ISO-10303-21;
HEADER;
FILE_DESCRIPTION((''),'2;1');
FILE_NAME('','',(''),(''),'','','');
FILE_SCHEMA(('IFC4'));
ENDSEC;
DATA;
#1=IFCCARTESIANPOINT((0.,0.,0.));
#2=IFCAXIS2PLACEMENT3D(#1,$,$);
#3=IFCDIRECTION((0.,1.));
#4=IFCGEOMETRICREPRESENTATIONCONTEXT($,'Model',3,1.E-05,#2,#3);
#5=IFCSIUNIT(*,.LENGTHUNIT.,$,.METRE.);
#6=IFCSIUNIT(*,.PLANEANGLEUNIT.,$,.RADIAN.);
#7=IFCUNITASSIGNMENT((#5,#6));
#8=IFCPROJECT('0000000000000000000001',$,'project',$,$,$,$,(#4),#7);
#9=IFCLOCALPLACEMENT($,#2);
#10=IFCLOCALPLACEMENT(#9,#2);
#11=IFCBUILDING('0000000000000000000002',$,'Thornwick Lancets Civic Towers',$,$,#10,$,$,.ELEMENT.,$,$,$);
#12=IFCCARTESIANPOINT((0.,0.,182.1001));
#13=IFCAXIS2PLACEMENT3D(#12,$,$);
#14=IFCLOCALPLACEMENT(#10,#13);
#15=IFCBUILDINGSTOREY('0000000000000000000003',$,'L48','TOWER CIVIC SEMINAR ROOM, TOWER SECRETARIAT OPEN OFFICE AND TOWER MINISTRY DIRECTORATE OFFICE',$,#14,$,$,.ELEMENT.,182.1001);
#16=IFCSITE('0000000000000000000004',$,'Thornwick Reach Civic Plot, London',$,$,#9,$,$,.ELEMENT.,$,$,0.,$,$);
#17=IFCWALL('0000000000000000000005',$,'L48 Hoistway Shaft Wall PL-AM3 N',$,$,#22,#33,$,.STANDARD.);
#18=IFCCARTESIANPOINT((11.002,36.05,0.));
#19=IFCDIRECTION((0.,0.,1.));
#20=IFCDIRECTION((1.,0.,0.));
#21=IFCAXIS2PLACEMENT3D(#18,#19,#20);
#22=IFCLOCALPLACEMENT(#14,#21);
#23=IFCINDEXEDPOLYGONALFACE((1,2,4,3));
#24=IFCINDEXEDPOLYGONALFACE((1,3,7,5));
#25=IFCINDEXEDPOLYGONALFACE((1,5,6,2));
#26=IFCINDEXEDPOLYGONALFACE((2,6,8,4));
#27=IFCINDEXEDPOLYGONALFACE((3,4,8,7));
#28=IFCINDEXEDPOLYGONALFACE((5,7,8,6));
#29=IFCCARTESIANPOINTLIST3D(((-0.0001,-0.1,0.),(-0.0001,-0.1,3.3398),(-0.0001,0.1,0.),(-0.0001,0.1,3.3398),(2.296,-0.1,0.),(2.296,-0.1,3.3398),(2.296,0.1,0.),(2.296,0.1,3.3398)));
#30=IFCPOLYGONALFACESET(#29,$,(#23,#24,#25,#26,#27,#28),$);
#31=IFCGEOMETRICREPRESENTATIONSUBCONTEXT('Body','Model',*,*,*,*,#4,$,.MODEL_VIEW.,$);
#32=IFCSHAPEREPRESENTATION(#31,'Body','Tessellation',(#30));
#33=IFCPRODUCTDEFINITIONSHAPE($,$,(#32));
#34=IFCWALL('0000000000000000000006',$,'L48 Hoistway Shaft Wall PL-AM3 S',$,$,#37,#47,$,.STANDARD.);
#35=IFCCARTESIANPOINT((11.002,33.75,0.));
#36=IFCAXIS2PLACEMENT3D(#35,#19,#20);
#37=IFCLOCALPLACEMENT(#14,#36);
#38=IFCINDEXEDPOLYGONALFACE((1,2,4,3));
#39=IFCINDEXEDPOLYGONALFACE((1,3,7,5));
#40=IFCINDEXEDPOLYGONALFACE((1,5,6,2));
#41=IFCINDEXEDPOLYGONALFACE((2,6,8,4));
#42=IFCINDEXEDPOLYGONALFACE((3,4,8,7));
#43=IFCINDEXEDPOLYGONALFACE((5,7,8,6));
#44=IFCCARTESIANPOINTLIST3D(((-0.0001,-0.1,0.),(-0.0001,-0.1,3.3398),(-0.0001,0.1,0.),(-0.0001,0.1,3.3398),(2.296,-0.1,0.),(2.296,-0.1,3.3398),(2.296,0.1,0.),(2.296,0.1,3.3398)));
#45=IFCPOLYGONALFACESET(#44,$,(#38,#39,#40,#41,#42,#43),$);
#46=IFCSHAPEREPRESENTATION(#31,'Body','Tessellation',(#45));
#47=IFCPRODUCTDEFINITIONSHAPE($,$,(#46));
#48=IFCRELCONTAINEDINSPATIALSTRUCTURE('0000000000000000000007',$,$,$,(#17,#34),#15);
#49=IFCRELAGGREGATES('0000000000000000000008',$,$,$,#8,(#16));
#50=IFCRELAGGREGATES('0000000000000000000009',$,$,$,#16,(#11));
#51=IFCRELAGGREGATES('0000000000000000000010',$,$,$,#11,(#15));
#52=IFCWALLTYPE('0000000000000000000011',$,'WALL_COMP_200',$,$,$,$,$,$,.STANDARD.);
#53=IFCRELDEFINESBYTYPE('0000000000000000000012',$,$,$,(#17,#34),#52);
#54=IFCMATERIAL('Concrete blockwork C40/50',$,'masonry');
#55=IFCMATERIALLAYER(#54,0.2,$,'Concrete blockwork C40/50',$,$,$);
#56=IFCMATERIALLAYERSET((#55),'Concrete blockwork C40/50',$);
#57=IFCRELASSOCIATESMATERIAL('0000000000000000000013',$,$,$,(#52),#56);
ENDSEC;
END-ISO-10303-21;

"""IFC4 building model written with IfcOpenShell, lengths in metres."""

from ifc_helpers import new_model, si_unit, direction, frame, frame_2d, origin, place, context, subcontext, project, spatial, rectangle, extrude, material, layer, layer_set, type_object, element, save


model = new_model("IFC4")

# Units and contexts
model_context = context("Model", 3, precision=1e-05, world=origin(), true_north=direction((0.0, 1.0)))
body_context = subcontext(model_context, "Body", "Model", "MODEL_VIEW")
ifc_project = project(units=[si_unit("LENGTHUNIT", "METRE"), si_unit("PLANEANGLEUNIT", "RADIAN")], contexts=[model_context])

# Site, building, storey
site_placement = place(None, origin())
site = spatial("IfcSite", under=ifc_project, at=site_placement, Name="Thornwick Reach Civic Plot, London", CompositionType="ELEMENT", RefElevation=0.0)
building_placement = place(site_placement, origin())
building = spatial("IfcBuilding", under=site, at=building_placement, Name="Thornwick Lancets Civic Towers", CompositionType="ELEMENT")
storey_placement = place(building_placement, frame((0.0, 0.0, 182.1001)))
storey = spatial("IfcBuildingStorey", under=building, at=storey_placement, Name="L48", Description="TOWER CIVIC SEMINAR ROOM, TOWER SECRETARIAT OPEN OFFICE AND TOWER MINISTRY DIRECTORATE OFFICE", CompositionType="ELEMENT", Elevation=182.1001)

# Shared definitions
ifc_material_1 = material(Name="Concrete blockwork C40/50", Category="masonry")
ifc_layer_1 = layer(ifc_material_1, 0.2, Name="Concrete blockwork C40/50")
ifc_layer_set_1 = layer_set([ifc_layer_1], Name="Concrete blockwork C40/50")
wall_type_1 = type_object("IfcWallType", Name="WALL_COMP_200", PredefinedType="STANDARD", material=ifc_layer_set_1)

# Walls
for number, where, z_axis, x_axis, name in (
    (1, (11.002, 36.05, 0.0), (0.0, 0.0, 1.0), (1.0, 0.0, 0.0), "L48 Hoistway Shaft Wall PL-AM3 N"),
    (2, (11.002, 33.75, 0.0), (0.0, 0.0, 1.0), (1.0, 0.0, 0.0), "L48 Hoistway Shaft Wall PL-AM3 S"),
):
    element("IfcWall", number, at=place(storey_placement, frame(where, z_axis=z_axis, x_axis=x_axis)), inside=storey, type_object=wall_type_1, Name=name, PredefinedType="STANDARD", context=body_context, shape_type="SweptSolid", body=[
        extrude(rectangle(XDim=2.2961, YDim=0.2, at=frame_2d((1.1479, 0.0))), origin(), (0.0, 0.0, 1.0), 3.3398),
    ])

save(model, "model.ifc")
